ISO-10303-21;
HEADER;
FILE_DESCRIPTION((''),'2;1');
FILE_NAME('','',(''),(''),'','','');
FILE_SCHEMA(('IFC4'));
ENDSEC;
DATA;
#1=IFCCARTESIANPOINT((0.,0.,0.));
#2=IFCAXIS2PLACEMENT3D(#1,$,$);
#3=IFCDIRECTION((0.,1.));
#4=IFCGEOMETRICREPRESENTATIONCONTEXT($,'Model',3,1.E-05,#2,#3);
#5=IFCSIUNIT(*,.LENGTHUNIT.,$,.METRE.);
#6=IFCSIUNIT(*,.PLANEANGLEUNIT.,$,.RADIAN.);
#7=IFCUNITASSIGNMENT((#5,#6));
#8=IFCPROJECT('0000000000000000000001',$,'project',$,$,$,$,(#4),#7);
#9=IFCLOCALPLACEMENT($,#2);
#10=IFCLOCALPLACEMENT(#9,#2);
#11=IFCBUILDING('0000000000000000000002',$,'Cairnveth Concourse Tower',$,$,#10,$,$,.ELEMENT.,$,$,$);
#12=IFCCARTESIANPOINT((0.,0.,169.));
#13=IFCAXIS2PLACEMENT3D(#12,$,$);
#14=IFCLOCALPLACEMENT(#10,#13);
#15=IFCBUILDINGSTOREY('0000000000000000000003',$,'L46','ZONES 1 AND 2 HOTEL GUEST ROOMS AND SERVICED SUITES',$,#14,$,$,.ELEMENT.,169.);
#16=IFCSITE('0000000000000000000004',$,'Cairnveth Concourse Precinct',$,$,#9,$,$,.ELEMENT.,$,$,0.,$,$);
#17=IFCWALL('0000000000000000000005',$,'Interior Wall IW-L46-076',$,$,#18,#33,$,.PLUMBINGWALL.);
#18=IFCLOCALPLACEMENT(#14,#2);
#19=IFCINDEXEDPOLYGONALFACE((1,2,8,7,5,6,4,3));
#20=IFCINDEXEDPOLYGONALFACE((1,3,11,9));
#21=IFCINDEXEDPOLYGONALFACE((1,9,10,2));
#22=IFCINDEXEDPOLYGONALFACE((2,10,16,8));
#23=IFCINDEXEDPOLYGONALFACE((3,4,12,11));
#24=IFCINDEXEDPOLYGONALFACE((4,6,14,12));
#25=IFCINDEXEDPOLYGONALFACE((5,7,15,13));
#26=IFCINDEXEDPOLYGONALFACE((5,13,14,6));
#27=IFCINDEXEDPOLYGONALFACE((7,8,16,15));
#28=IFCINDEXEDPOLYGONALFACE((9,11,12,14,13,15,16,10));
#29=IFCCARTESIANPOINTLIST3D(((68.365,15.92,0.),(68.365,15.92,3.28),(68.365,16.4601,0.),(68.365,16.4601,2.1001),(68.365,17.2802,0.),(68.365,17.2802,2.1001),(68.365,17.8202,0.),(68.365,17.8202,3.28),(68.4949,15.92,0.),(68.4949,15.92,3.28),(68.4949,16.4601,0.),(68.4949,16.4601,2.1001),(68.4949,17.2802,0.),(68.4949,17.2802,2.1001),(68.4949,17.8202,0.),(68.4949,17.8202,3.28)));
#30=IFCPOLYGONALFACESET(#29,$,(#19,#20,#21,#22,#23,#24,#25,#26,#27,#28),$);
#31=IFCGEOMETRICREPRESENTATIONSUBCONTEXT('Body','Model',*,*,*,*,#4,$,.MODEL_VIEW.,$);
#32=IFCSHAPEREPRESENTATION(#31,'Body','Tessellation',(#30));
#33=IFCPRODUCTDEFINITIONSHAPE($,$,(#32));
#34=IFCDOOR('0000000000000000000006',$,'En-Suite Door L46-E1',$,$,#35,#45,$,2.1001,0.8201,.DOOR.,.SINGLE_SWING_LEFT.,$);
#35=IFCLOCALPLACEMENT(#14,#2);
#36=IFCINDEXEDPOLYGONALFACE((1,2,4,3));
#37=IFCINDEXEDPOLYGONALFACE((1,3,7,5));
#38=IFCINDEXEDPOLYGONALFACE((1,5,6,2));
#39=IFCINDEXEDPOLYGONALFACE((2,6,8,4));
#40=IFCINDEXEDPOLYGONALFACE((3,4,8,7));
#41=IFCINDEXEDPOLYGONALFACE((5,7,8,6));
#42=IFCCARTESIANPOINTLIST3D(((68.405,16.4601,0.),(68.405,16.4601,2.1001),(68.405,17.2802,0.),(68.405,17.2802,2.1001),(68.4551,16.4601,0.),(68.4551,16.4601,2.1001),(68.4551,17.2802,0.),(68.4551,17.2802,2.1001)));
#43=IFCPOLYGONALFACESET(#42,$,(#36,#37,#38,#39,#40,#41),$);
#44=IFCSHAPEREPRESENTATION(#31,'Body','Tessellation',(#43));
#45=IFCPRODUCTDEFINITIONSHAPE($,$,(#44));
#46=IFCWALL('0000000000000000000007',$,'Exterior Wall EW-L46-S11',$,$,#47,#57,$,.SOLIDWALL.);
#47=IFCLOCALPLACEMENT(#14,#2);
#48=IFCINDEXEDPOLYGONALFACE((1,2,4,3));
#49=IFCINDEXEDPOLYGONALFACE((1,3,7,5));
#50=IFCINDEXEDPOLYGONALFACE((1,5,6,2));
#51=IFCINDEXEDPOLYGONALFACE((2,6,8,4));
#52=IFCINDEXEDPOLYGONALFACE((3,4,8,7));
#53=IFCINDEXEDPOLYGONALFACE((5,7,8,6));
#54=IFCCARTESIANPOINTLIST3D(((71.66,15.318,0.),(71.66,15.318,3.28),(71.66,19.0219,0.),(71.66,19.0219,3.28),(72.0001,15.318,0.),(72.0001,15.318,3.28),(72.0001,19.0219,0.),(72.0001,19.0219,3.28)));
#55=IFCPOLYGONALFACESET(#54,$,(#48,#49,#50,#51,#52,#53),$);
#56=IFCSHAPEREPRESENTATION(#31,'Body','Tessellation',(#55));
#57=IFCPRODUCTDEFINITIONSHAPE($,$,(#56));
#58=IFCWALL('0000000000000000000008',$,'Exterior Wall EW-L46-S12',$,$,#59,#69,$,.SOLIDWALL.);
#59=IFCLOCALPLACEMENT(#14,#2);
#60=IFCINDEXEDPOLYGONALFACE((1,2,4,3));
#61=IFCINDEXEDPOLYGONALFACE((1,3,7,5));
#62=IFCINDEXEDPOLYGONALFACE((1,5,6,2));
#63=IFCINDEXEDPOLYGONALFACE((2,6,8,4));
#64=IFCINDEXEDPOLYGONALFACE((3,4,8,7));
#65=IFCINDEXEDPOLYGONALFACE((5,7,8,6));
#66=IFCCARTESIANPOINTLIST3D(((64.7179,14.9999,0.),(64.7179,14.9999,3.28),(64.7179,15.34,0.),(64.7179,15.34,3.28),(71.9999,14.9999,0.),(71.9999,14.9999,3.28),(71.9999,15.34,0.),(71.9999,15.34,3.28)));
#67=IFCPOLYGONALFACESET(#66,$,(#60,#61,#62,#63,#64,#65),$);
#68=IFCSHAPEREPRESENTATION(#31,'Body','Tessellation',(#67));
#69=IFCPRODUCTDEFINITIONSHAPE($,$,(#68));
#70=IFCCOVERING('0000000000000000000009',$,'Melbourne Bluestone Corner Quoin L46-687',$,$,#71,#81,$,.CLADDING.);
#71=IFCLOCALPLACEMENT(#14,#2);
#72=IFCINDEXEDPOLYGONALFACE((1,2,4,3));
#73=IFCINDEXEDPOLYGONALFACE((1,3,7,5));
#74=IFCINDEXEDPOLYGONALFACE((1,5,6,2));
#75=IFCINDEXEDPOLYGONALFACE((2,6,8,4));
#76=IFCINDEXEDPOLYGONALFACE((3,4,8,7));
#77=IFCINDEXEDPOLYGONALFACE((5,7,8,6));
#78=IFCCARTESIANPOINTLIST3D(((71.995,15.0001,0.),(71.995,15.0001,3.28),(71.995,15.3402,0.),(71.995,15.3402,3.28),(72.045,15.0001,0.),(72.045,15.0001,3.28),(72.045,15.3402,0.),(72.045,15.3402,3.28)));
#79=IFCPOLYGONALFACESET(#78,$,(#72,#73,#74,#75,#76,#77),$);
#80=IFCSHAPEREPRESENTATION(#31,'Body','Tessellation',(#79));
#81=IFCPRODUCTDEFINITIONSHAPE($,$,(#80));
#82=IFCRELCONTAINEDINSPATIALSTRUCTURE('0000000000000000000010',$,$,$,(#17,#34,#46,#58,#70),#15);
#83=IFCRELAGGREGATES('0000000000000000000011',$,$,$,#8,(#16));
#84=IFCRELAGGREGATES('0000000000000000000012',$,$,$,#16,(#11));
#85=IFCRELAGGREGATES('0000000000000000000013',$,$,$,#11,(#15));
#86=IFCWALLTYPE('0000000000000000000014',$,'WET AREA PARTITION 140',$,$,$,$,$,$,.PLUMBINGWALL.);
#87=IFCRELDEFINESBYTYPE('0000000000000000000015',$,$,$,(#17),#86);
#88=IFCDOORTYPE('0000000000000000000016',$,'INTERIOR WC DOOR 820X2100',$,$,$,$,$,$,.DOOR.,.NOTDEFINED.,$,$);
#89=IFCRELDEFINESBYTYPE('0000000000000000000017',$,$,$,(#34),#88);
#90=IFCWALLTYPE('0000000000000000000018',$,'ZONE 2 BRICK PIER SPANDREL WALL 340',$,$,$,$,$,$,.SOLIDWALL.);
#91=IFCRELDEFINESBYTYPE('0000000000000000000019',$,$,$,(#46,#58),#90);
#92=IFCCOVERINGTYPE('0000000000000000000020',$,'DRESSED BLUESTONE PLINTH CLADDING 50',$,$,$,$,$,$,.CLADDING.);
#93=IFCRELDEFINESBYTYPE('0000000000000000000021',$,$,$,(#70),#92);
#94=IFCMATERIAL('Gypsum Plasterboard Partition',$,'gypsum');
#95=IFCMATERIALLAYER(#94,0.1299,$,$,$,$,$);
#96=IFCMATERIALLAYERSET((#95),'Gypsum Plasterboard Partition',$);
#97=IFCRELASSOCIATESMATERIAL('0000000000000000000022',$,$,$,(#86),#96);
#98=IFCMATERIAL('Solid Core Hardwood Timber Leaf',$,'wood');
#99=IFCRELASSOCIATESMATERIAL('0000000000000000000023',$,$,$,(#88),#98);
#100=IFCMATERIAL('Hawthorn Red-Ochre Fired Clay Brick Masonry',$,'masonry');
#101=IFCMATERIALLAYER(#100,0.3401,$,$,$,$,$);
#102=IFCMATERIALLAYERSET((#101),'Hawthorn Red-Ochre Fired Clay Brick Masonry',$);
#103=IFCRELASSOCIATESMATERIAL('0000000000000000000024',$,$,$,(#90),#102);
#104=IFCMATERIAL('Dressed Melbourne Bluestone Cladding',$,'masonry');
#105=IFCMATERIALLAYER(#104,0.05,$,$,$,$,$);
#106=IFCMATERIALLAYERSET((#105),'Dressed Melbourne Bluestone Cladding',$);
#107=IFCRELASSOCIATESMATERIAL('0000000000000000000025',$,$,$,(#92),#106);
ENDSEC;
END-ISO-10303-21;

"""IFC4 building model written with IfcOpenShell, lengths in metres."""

from ifc_helpers import new_model, si_unit, direction, frame, frame_2d, origin, place, context, subcontext, project, spatial, rectangle, extrude, material, layer, layer_set, type_object, element, fill, save


model = new_model("IFC4")

# Units and contexts
model_context = context("Model", 3, precision=1e-05, world=origin(), true_north=direction((0.0, 1.0)))
body_context = subcontext(model_context, "Body", "Model", "MODEL_VIEW")
ifc_project = project(units=[si_unit("LENGTHUNIT", "METRE"), si_unit("PLANEANGLEUNIT", "RADIAN")], contexts=[model_context])

# Site, building, storey
site_placement = place(None, origin())
site = spatial("IfcSite", under=ifc_project, at=site_placement, Name="Cairnveth Concourse Precinct", CompositionType="ELEMENT", RefElevation=0.0)
building_placement = place(site_placement, origin())
building = spatial("IfcBuilding", under=site, at=building_placement, Name="Cairnveth Concourse Tower", CompositionType="ELEMENT")
storey_placement = place(building_placement, frame((0.0, 0.0, 169.0)))
storey = spatial("IfcBuildingStorey", under=building, at=storey_placement, Name="L46", Description="ZONES 1 AND 2 HOTEL GUEST ROOMS AND SERVICED SUITES", CompositionType="ELEMENT", Elevation=169.0)

# Shared definitions
ifc_material_1 = material(Name="Gypsum Plasterboard Partition", Category="gypsum")
ifc_material_2 = material(Name="Solid Core Hardwood Timber Leaf", Category="wood")

# Shared definitions
ifc_layer_1 = layer(ifc_material_1, 0.1299)
ifc_layer_set_1 = layer_set([ifc_layer_1], Name="Gypsum Plasterboard Partition")
wall_type_1 = type_object("IfcWallType", Name="WET AREA PARTITION 140", PredefinedType="PLUMBINGWALL", material=ifc_layer_set_1)

# Wall, opening, door
wall_1_placement = place(storey_placement, frame((68.4299, 15.9199, 0.0), z_axis=(0.0, 0.0, 1.0), x_axis=(0.0, 1.0, 0.0)))
wall_1 = element("IfcWall", 1, at=wall_1_placement, inside=storey, type_object=wall_type_1, Name="Interior Wall IW-L46-076", PredefinedType="PLUMBINGWALL", context=body_context, shape_type="SweptSolid", body=[
    extrude(rectangle(XDim=1.9001, YDim=0.1299, at=frame_2d((0.9502, 0.0))), origin(), (0.0, 0.0, 1.0), 3.28),
])
opening_1_placement = place(wall_1_placement, frame((0.54, 0.0, 0.0)))
opening_1 = element("IfcOpeningElement", 2, at=opening_1_placement, cuts=wall_1, PredefinedType="OPENING", context=body_context, shape_type="SweptSolid", body=[
    extrude(rectangle(XDim=0.8201, YDim=2.1001, at=frame_2d((0.4102, 1.05))), frame((0.0, 0.075, 0.0), z_axis=(0.0, -1.0, 0.0), x_axis=(1.0, 0.0, 0.0)), (0.0, 0.0, 1.0), 0.1499),
])
door_type_1 = type_object("IfcDoorType", Name="INTERIOR WC DOOR 820X2100", OperationType="NOTDEFINED", PredefinedType="DOOR", material=ifc_material_2)
door_1_placement = place(opening_1_placement, origin())
door_1 = element("IfcDoor", 3, at=door_1_placement, inside=storey, type_object=door_type_1, Name="En-Suite Door L46-E1", OperationType="SINGLE_SWING_LEFT", OverallHeight=2.1001, OverallWidth=0.8201, PredefinedType="DOOR", context=body_context, shape_type="SweptSolid", body=[
    extrude(rectangle(XDim=0.8201, YDim=2.1001, at=frame_2d((0.4102, 1.05))), frame((0.0, 0.0249, 0.0), z_axis=(0.0, -1.0, 0.0), x_axis=(1.0, 0.0, 0.0)), (0.0, 0.0, 1.0), 0.05),
])
fill(opening_1, door_1)

# Walls
ifc_material_3 = material(Name="Hawthorn Red-Ochre Fired Clay Brick Masonry", Category="masonry")
ifc_layer_2 = layer(ifc_material_3, 0.3401)
ifc_layer_set_2 = layer_set([ifc_layer_2], Name="Hawthorn Red-Ochre Fired Clay Brick Masonry")
wall_type_2 = type_object("IfcWallType", Name="ZONE 2 BRICK PIER SPANDREL WALL 340", PredefinedType="SOLIDWALL", material=ifc_layer_set_2)
wall_2_placement = place(storey_placement, frame((71.8301, 19.022, 0.0), z_axis=(0.0, 0.0, 1.0), x_axis=(0.0, -1.0, 0.0)))
element("IfcWall", 4, at=wall_2_placement, inside=storey, type_object=wall_type_2, Name="Exterior Wall EW-L46-S11", PredefinedType="SOLIDWALL", context=body_context, shape_type="SweptSolid", body=[
    extrude(rectangle(XDim=3.7039, YDim=0.3401, at=frame_2d((1.8521, 0.0))), origin(), (0.0, 0.0, 1.0), 3.28),
])
wall_3_placement = place(storey_placement, frame((72.0, 15.1699, 0.0), z_axis=(0.0, 0.0, 1.0), x_axis=(-1.0, 0.0, 0.0)))
element("IfcWall", 5, at=wall_3_placement, inside=storey, type_object=wall_type_2, Name="Exterior Wall EW-L46-S12", PredefinedType="SOLIDWALL", context=body_context, shape_type="SweptSolid", body=[
    extrude(rectangle(XDim=7.282, YDim=0.3401, at=frame_2d((3.6411, 0.0))), origin(), (0.0, 0.0, 1.0), 3.28),
])

# Covering
ifc_material_4 = material(Name="Dressed Melbourne Bluestone Cladding", Category="masonry")
ifc_layer_3 = layer(ifc_material_4, 0.05)
ifc_layer_set_3 = layer_set([ifc_layer_3], Name="Dressed Melbourne Bluestone Cladding")
covering_type = type_object("IfcCoveringType", Name="DRESSED BLUESTONE PLINTH CLADDING 50", PredefinedType="CLADDING", material=ifc_layer_set_3)
covering_placement = place(storey_placement, frame((72.02, 15.3401, 0.0), z_axis=(0.0, 0.0, 1.0), x_axis=(0.0, -1.0, 0.0)))
element("IfcCovering", 6, at=covering_placement, inside=storey, type_object=covering_type, Name="Melbourne Bluestone Corner Quoin L46-687", PredefinedType="CLADDING", context=body_context, shape_type="SweptSolid", body=[
    extrude(rectangle(XDim=0.3401, YDim=0.05, at=frame_2d((0.1699, 0.0))), origin(), (0.0, 0.0, 1.0), 3.28),
])

save(model, "model.ifc")
